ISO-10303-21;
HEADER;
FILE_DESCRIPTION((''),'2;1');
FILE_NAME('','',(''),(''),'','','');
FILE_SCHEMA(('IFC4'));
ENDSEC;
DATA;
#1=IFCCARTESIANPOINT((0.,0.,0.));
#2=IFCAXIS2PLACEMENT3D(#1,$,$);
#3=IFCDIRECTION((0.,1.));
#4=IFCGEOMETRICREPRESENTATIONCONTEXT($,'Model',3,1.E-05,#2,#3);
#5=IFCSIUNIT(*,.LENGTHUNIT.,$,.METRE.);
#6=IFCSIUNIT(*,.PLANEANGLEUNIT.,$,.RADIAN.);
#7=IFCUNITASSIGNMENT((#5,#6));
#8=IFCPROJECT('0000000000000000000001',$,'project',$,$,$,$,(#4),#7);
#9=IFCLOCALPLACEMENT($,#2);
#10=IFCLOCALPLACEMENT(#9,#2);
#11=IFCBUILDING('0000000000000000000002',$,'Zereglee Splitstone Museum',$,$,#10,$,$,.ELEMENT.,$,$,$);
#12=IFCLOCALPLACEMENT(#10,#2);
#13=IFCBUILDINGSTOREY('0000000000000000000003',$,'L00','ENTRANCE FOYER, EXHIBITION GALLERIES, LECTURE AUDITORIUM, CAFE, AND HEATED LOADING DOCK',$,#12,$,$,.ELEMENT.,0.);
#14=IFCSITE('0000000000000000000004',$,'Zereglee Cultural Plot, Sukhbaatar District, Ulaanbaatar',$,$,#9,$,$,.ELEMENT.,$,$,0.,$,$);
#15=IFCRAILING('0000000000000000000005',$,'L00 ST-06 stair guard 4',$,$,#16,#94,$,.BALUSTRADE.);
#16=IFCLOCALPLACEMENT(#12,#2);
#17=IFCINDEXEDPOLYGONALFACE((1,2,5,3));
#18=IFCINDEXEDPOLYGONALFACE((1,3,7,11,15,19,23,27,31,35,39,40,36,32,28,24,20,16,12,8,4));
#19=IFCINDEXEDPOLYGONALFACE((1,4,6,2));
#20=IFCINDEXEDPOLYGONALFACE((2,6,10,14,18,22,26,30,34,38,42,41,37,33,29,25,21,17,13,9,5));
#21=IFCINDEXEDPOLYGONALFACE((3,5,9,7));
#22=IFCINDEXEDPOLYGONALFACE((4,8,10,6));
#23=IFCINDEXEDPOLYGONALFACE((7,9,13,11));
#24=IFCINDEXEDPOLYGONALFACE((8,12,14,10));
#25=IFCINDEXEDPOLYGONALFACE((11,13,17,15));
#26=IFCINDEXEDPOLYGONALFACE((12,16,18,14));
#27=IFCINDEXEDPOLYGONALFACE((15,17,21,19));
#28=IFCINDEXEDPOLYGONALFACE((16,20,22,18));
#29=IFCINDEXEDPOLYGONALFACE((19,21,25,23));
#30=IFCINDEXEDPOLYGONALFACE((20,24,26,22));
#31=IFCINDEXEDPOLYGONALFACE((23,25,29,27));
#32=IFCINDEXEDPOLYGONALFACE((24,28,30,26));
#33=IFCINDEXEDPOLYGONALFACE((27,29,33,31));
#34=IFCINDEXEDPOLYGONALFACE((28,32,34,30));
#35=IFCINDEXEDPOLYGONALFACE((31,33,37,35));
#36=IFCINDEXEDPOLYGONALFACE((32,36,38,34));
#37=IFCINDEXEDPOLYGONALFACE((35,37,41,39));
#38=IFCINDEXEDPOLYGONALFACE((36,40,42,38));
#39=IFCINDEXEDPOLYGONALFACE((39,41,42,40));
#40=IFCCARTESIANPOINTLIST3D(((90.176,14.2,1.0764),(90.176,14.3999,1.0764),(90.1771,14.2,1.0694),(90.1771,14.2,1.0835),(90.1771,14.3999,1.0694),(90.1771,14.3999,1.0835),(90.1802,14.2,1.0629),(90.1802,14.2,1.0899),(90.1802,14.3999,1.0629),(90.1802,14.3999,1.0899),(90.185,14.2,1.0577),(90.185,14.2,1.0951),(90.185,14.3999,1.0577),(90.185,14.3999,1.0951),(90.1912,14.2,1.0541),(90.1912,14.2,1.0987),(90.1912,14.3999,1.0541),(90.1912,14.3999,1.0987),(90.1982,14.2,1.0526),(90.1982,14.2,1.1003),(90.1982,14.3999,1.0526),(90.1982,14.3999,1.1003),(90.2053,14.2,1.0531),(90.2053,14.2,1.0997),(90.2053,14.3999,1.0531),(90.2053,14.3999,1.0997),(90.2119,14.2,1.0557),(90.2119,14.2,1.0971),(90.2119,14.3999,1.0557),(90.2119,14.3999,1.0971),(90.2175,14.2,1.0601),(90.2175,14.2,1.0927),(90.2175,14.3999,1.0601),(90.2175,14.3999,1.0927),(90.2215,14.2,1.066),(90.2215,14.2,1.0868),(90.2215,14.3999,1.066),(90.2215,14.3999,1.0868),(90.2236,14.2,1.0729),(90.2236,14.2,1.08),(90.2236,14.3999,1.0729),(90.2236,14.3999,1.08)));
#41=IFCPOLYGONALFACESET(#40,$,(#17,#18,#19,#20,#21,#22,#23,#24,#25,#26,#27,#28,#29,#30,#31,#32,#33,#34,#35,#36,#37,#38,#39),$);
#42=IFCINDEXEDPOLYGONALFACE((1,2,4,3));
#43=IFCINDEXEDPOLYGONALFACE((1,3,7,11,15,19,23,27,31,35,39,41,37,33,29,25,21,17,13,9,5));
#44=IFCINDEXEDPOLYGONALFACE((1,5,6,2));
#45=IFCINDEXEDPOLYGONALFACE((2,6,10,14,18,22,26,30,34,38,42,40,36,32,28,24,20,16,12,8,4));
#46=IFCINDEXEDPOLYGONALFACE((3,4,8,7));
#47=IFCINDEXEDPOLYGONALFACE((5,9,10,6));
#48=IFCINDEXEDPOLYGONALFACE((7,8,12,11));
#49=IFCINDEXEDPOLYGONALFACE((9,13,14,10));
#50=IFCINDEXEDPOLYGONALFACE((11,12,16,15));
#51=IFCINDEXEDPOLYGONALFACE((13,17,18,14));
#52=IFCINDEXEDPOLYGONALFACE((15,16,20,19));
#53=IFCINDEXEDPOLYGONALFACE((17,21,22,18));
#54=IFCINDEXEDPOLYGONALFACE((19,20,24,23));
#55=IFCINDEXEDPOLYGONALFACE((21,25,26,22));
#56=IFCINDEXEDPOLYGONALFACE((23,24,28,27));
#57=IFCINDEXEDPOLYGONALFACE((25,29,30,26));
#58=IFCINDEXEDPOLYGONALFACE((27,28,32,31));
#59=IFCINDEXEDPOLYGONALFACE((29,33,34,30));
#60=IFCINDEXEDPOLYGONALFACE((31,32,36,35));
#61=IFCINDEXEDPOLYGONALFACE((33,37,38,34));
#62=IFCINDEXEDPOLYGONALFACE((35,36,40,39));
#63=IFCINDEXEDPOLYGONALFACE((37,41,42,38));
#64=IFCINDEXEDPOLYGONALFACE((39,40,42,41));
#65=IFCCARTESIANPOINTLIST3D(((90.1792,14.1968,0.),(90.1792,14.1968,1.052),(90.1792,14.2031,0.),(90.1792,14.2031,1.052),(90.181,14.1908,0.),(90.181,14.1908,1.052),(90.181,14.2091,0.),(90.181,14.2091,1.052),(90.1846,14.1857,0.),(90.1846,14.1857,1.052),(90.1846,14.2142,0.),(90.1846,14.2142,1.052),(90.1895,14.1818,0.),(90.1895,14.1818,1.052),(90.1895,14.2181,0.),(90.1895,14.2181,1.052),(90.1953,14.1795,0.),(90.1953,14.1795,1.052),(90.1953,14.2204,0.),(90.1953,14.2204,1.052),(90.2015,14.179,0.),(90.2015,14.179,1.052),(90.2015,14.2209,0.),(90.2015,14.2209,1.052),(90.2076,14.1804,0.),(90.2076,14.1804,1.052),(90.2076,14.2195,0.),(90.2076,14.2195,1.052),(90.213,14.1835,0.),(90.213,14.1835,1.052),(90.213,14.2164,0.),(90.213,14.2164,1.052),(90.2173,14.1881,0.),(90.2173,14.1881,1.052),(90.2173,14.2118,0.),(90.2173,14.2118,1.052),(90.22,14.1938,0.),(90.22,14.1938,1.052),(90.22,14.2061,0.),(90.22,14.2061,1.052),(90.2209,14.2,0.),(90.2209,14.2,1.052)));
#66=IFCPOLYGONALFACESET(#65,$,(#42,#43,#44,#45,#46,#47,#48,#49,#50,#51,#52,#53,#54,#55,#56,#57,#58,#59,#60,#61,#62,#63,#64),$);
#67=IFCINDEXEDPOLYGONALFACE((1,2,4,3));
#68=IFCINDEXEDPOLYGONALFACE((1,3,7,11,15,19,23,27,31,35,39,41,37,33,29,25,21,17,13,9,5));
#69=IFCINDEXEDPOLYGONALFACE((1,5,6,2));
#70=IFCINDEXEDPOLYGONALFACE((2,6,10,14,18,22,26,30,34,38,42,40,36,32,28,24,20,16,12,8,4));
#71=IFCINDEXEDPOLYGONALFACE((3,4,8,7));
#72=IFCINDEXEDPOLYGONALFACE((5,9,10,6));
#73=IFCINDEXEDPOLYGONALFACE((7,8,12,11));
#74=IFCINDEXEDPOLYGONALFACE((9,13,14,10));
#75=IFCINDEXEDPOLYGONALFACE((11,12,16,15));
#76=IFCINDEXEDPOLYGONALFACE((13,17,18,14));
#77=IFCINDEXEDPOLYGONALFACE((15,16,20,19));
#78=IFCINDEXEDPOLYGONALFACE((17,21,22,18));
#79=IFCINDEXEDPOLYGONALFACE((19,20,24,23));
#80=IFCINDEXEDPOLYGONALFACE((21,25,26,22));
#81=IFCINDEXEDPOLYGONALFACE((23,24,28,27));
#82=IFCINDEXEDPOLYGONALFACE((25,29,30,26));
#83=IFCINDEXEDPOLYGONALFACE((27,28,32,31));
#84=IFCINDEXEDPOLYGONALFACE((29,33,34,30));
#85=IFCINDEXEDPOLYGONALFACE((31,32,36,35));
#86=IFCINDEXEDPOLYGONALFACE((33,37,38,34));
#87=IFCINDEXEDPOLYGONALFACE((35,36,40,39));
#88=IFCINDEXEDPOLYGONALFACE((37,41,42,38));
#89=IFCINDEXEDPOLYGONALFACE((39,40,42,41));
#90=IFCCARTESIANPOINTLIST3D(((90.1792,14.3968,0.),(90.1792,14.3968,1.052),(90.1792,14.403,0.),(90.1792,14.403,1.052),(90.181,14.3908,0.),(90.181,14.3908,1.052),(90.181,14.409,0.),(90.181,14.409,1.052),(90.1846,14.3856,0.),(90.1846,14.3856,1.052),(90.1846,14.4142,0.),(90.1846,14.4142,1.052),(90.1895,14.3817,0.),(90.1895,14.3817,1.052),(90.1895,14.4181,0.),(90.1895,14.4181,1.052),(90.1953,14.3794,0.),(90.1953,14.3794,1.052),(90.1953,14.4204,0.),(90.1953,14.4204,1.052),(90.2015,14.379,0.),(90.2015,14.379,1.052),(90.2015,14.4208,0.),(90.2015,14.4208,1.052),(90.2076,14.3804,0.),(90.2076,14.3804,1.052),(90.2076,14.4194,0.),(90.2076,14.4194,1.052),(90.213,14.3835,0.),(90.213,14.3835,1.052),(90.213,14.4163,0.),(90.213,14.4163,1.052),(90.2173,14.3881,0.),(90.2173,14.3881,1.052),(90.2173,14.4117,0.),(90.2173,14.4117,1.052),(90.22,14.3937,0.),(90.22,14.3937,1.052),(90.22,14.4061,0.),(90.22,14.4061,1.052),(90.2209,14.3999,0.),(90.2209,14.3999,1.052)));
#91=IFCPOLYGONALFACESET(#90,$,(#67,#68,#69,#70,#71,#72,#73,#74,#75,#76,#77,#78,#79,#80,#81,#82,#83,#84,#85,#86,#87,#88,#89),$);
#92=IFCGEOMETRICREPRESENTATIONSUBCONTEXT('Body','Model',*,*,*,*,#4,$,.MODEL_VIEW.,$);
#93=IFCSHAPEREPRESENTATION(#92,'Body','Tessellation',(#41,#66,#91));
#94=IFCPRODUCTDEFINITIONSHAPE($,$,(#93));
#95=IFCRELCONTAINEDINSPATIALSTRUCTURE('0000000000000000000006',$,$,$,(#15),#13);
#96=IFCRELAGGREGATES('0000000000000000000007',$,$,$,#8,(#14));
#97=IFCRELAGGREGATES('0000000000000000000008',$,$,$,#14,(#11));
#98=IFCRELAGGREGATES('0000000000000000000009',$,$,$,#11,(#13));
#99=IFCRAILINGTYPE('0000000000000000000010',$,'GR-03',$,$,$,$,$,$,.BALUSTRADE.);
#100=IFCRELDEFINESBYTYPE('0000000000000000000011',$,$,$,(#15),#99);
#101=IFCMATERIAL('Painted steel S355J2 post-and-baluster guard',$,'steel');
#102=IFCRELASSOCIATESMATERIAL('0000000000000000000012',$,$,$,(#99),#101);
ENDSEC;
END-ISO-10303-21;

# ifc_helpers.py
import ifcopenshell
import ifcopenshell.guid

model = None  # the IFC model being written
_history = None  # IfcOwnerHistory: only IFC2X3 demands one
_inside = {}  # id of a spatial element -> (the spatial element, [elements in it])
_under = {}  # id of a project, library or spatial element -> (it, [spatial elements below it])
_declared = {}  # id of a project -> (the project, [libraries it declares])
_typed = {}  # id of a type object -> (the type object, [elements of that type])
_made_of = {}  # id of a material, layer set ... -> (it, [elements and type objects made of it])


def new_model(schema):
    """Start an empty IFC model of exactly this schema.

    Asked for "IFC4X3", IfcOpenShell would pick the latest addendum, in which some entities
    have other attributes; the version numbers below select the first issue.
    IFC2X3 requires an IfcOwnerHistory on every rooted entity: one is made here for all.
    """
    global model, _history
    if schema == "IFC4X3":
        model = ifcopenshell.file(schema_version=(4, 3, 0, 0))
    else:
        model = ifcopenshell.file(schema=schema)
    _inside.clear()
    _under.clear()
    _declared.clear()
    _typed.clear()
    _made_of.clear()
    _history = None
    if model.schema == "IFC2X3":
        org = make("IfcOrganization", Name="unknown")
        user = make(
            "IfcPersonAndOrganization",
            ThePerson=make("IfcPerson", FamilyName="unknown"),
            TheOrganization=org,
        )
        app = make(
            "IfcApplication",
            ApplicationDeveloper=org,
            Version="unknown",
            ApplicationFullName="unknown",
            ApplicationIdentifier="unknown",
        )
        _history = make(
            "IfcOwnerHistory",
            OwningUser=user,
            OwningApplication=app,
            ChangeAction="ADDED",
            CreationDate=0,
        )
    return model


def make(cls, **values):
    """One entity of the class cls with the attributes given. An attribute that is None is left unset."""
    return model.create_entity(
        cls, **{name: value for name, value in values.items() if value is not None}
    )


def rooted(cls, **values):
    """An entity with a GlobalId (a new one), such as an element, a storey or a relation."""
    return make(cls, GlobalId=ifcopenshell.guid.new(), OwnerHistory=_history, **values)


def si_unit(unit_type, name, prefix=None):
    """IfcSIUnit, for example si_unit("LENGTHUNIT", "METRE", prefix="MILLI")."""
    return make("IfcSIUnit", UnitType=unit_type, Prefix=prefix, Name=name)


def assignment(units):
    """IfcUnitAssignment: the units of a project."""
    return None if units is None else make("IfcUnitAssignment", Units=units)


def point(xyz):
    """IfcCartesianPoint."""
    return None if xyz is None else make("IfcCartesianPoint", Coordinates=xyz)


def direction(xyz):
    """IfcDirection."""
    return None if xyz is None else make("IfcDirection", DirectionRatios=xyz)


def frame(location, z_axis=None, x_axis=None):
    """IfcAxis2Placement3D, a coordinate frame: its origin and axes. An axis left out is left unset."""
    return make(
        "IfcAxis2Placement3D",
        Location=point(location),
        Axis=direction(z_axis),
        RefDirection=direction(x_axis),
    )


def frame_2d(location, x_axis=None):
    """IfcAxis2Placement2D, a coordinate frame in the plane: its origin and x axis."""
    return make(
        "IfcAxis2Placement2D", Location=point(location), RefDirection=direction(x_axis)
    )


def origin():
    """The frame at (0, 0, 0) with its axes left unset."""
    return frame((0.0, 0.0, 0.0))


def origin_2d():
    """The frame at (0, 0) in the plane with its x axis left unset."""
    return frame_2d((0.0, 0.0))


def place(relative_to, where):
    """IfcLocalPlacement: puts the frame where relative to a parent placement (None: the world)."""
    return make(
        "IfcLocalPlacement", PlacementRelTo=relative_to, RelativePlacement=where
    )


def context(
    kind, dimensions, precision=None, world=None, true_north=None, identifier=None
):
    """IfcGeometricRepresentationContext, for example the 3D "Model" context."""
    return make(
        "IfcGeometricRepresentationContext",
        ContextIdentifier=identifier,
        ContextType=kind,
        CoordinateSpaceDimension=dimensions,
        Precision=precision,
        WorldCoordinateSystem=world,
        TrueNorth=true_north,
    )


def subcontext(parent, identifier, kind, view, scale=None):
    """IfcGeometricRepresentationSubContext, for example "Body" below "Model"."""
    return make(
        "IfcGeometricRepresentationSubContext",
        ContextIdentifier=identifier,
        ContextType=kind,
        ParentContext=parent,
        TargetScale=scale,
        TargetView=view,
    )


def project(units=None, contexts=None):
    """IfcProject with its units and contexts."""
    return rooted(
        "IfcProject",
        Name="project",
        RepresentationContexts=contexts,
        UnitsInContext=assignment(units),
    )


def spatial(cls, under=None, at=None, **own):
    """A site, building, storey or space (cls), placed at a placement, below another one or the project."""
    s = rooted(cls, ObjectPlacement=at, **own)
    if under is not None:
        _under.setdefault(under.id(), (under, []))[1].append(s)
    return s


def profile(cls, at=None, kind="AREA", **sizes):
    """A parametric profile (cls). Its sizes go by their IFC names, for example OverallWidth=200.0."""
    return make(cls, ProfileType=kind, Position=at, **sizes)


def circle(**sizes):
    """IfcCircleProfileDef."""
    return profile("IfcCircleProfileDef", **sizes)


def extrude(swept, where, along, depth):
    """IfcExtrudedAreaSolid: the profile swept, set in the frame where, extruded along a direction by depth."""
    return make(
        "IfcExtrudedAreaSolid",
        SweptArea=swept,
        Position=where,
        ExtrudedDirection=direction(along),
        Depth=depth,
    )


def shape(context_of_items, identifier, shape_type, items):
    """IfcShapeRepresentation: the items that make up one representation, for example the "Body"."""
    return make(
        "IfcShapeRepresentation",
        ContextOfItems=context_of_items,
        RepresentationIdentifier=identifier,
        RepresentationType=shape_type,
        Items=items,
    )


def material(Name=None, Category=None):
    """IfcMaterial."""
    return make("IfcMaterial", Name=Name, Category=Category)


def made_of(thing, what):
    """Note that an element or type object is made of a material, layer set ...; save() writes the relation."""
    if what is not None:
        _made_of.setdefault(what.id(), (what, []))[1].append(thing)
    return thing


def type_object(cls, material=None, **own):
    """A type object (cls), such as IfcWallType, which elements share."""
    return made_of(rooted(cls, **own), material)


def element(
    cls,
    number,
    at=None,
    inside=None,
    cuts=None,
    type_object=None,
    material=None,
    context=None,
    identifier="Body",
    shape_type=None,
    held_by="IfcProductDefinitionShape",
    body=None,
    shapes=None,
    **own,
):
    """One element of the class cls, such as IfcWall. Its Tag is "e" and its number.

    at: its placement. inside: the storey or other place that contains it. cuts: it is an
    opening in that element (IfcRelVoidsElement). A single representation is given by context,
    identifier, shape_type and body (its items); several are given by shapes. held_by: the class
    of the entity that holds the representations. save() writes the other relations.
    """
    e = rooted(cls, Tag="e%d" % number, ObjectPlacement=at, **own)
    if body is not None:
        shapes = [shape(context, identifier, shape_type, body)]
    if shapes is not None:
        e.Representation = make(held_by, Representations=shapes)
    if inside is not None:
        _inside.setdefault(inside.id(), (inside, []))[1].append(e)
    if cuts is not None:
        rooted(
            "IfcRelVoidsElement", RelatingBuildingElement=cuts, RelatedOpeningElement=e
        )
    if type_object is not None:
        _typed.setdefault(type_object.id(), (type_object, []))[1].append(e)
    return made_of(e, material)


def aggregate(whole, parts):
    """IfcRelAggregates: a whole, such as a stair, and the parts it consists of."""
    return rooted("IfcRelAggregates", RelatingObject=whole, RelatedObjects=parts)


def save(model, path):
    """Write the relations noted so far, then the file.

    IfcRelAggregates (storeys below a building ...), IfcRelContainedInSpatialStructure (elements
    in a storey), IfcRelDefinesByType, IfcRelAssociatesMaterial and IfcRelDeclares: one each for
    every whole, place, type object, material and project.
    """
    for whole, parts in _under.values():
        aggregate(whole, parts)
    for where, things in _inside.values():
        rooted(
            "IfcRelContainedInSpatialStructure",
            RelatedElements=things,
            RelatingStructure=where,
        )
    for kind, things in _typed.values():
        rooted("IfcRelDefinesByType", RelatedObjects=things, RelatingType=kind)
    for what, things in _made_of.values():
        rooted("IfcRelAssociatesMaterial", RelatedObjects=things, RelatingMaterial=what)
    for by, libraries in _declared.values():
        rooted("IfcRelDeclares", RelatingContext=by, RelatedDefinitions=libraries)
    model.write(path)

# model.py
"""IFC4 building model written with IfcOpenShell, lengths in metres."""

from ifc_helpers import new_model, si_unit, direction, frame, origin, origin_2d, place, context, subcontext, project, spatial, circle, extrude, material, type_object, element, save


model = new_model("IFC4")

# Units and contexts
model_context = context("Model", 3, precision=1e-05, world=origin(), true_north=direction((0.0, 1.0)))
body_context = subcontext(model_context, "Body", "Model", "MODEL_VIEW")
ifc_project = project(units=[si_unit("LENGTHUNIT", "METRE"), si_unit("PLANEANGLEUNIT", "RADIAN")], contexts=[model_context])

# Site, building, storey
site_placement = place(None, origin())
site = spatial("IfcSite", under=ifc_project, at=site_placement, Name="Zereglee Cultural Plot, Sukhbaatar District, Ulaanbaatar", CompositionType="ELEMENT", RefElevation=0.0)
building_placement = place(site_placement, origin())
building = spatial("IfcBuilding", under=site, at=building_placement, Name="Zereglee Splitstone Museum", CompositionType="ELEMENT")
storey_placement = place(building_placement, origin())
storey = spatial("IfcBuildingStorey", under=building, at=storey_placement, Name="L00", Description="ENTRANCE FOYER, EXHIBITION GALLERIES, LECTURE AUDITORIUM, CAFE, AND HEATED LOADING DOCK", CompositionType="ELEMENT", Elevation=0.0)

# Railing
ifc_material_1 = material(Name="Painted steel S355J2 post-and-baluster guard", Category="steel")
railing_type_1 = type_object("IfcRailingType", Name="GR-03", PredefinedType="BALUSTRADE", material=ifc_material_1)
railing_1_placement = place(storey_placement, frame((90.2, 14.2, 0.0)))
element("IfcRailing", 1, at=railing_1_placement, inside=storey, type_object=railing_type_1, Name="L00 ST-06 stair guard 4", PredefinedType="BALUSTRADE", context=body_context, shape_type="SweptSolid", body=[
    extrude(circle(Radius=0.0239, at=origin_2d()), frame((0.0, 0.0, 1.0764), z_axis=(0.0, 1.0, 0.0), x_axis=(-1.0, 0.0, 0.0)), (0.0, 0.0, 1.0), 0.2),
    extrude(circle(Radius=0.021, at=origin_2d()), origin(), (0.0, 0.0, 1.0), 1.052),
    extrude(circle(Radius=0.021, at=origin_2d()), frame((0.0, 0.2, 0.0)), (0.0, 0.0, 1.0), 1.052),
])

save(model, "model.ifc")
